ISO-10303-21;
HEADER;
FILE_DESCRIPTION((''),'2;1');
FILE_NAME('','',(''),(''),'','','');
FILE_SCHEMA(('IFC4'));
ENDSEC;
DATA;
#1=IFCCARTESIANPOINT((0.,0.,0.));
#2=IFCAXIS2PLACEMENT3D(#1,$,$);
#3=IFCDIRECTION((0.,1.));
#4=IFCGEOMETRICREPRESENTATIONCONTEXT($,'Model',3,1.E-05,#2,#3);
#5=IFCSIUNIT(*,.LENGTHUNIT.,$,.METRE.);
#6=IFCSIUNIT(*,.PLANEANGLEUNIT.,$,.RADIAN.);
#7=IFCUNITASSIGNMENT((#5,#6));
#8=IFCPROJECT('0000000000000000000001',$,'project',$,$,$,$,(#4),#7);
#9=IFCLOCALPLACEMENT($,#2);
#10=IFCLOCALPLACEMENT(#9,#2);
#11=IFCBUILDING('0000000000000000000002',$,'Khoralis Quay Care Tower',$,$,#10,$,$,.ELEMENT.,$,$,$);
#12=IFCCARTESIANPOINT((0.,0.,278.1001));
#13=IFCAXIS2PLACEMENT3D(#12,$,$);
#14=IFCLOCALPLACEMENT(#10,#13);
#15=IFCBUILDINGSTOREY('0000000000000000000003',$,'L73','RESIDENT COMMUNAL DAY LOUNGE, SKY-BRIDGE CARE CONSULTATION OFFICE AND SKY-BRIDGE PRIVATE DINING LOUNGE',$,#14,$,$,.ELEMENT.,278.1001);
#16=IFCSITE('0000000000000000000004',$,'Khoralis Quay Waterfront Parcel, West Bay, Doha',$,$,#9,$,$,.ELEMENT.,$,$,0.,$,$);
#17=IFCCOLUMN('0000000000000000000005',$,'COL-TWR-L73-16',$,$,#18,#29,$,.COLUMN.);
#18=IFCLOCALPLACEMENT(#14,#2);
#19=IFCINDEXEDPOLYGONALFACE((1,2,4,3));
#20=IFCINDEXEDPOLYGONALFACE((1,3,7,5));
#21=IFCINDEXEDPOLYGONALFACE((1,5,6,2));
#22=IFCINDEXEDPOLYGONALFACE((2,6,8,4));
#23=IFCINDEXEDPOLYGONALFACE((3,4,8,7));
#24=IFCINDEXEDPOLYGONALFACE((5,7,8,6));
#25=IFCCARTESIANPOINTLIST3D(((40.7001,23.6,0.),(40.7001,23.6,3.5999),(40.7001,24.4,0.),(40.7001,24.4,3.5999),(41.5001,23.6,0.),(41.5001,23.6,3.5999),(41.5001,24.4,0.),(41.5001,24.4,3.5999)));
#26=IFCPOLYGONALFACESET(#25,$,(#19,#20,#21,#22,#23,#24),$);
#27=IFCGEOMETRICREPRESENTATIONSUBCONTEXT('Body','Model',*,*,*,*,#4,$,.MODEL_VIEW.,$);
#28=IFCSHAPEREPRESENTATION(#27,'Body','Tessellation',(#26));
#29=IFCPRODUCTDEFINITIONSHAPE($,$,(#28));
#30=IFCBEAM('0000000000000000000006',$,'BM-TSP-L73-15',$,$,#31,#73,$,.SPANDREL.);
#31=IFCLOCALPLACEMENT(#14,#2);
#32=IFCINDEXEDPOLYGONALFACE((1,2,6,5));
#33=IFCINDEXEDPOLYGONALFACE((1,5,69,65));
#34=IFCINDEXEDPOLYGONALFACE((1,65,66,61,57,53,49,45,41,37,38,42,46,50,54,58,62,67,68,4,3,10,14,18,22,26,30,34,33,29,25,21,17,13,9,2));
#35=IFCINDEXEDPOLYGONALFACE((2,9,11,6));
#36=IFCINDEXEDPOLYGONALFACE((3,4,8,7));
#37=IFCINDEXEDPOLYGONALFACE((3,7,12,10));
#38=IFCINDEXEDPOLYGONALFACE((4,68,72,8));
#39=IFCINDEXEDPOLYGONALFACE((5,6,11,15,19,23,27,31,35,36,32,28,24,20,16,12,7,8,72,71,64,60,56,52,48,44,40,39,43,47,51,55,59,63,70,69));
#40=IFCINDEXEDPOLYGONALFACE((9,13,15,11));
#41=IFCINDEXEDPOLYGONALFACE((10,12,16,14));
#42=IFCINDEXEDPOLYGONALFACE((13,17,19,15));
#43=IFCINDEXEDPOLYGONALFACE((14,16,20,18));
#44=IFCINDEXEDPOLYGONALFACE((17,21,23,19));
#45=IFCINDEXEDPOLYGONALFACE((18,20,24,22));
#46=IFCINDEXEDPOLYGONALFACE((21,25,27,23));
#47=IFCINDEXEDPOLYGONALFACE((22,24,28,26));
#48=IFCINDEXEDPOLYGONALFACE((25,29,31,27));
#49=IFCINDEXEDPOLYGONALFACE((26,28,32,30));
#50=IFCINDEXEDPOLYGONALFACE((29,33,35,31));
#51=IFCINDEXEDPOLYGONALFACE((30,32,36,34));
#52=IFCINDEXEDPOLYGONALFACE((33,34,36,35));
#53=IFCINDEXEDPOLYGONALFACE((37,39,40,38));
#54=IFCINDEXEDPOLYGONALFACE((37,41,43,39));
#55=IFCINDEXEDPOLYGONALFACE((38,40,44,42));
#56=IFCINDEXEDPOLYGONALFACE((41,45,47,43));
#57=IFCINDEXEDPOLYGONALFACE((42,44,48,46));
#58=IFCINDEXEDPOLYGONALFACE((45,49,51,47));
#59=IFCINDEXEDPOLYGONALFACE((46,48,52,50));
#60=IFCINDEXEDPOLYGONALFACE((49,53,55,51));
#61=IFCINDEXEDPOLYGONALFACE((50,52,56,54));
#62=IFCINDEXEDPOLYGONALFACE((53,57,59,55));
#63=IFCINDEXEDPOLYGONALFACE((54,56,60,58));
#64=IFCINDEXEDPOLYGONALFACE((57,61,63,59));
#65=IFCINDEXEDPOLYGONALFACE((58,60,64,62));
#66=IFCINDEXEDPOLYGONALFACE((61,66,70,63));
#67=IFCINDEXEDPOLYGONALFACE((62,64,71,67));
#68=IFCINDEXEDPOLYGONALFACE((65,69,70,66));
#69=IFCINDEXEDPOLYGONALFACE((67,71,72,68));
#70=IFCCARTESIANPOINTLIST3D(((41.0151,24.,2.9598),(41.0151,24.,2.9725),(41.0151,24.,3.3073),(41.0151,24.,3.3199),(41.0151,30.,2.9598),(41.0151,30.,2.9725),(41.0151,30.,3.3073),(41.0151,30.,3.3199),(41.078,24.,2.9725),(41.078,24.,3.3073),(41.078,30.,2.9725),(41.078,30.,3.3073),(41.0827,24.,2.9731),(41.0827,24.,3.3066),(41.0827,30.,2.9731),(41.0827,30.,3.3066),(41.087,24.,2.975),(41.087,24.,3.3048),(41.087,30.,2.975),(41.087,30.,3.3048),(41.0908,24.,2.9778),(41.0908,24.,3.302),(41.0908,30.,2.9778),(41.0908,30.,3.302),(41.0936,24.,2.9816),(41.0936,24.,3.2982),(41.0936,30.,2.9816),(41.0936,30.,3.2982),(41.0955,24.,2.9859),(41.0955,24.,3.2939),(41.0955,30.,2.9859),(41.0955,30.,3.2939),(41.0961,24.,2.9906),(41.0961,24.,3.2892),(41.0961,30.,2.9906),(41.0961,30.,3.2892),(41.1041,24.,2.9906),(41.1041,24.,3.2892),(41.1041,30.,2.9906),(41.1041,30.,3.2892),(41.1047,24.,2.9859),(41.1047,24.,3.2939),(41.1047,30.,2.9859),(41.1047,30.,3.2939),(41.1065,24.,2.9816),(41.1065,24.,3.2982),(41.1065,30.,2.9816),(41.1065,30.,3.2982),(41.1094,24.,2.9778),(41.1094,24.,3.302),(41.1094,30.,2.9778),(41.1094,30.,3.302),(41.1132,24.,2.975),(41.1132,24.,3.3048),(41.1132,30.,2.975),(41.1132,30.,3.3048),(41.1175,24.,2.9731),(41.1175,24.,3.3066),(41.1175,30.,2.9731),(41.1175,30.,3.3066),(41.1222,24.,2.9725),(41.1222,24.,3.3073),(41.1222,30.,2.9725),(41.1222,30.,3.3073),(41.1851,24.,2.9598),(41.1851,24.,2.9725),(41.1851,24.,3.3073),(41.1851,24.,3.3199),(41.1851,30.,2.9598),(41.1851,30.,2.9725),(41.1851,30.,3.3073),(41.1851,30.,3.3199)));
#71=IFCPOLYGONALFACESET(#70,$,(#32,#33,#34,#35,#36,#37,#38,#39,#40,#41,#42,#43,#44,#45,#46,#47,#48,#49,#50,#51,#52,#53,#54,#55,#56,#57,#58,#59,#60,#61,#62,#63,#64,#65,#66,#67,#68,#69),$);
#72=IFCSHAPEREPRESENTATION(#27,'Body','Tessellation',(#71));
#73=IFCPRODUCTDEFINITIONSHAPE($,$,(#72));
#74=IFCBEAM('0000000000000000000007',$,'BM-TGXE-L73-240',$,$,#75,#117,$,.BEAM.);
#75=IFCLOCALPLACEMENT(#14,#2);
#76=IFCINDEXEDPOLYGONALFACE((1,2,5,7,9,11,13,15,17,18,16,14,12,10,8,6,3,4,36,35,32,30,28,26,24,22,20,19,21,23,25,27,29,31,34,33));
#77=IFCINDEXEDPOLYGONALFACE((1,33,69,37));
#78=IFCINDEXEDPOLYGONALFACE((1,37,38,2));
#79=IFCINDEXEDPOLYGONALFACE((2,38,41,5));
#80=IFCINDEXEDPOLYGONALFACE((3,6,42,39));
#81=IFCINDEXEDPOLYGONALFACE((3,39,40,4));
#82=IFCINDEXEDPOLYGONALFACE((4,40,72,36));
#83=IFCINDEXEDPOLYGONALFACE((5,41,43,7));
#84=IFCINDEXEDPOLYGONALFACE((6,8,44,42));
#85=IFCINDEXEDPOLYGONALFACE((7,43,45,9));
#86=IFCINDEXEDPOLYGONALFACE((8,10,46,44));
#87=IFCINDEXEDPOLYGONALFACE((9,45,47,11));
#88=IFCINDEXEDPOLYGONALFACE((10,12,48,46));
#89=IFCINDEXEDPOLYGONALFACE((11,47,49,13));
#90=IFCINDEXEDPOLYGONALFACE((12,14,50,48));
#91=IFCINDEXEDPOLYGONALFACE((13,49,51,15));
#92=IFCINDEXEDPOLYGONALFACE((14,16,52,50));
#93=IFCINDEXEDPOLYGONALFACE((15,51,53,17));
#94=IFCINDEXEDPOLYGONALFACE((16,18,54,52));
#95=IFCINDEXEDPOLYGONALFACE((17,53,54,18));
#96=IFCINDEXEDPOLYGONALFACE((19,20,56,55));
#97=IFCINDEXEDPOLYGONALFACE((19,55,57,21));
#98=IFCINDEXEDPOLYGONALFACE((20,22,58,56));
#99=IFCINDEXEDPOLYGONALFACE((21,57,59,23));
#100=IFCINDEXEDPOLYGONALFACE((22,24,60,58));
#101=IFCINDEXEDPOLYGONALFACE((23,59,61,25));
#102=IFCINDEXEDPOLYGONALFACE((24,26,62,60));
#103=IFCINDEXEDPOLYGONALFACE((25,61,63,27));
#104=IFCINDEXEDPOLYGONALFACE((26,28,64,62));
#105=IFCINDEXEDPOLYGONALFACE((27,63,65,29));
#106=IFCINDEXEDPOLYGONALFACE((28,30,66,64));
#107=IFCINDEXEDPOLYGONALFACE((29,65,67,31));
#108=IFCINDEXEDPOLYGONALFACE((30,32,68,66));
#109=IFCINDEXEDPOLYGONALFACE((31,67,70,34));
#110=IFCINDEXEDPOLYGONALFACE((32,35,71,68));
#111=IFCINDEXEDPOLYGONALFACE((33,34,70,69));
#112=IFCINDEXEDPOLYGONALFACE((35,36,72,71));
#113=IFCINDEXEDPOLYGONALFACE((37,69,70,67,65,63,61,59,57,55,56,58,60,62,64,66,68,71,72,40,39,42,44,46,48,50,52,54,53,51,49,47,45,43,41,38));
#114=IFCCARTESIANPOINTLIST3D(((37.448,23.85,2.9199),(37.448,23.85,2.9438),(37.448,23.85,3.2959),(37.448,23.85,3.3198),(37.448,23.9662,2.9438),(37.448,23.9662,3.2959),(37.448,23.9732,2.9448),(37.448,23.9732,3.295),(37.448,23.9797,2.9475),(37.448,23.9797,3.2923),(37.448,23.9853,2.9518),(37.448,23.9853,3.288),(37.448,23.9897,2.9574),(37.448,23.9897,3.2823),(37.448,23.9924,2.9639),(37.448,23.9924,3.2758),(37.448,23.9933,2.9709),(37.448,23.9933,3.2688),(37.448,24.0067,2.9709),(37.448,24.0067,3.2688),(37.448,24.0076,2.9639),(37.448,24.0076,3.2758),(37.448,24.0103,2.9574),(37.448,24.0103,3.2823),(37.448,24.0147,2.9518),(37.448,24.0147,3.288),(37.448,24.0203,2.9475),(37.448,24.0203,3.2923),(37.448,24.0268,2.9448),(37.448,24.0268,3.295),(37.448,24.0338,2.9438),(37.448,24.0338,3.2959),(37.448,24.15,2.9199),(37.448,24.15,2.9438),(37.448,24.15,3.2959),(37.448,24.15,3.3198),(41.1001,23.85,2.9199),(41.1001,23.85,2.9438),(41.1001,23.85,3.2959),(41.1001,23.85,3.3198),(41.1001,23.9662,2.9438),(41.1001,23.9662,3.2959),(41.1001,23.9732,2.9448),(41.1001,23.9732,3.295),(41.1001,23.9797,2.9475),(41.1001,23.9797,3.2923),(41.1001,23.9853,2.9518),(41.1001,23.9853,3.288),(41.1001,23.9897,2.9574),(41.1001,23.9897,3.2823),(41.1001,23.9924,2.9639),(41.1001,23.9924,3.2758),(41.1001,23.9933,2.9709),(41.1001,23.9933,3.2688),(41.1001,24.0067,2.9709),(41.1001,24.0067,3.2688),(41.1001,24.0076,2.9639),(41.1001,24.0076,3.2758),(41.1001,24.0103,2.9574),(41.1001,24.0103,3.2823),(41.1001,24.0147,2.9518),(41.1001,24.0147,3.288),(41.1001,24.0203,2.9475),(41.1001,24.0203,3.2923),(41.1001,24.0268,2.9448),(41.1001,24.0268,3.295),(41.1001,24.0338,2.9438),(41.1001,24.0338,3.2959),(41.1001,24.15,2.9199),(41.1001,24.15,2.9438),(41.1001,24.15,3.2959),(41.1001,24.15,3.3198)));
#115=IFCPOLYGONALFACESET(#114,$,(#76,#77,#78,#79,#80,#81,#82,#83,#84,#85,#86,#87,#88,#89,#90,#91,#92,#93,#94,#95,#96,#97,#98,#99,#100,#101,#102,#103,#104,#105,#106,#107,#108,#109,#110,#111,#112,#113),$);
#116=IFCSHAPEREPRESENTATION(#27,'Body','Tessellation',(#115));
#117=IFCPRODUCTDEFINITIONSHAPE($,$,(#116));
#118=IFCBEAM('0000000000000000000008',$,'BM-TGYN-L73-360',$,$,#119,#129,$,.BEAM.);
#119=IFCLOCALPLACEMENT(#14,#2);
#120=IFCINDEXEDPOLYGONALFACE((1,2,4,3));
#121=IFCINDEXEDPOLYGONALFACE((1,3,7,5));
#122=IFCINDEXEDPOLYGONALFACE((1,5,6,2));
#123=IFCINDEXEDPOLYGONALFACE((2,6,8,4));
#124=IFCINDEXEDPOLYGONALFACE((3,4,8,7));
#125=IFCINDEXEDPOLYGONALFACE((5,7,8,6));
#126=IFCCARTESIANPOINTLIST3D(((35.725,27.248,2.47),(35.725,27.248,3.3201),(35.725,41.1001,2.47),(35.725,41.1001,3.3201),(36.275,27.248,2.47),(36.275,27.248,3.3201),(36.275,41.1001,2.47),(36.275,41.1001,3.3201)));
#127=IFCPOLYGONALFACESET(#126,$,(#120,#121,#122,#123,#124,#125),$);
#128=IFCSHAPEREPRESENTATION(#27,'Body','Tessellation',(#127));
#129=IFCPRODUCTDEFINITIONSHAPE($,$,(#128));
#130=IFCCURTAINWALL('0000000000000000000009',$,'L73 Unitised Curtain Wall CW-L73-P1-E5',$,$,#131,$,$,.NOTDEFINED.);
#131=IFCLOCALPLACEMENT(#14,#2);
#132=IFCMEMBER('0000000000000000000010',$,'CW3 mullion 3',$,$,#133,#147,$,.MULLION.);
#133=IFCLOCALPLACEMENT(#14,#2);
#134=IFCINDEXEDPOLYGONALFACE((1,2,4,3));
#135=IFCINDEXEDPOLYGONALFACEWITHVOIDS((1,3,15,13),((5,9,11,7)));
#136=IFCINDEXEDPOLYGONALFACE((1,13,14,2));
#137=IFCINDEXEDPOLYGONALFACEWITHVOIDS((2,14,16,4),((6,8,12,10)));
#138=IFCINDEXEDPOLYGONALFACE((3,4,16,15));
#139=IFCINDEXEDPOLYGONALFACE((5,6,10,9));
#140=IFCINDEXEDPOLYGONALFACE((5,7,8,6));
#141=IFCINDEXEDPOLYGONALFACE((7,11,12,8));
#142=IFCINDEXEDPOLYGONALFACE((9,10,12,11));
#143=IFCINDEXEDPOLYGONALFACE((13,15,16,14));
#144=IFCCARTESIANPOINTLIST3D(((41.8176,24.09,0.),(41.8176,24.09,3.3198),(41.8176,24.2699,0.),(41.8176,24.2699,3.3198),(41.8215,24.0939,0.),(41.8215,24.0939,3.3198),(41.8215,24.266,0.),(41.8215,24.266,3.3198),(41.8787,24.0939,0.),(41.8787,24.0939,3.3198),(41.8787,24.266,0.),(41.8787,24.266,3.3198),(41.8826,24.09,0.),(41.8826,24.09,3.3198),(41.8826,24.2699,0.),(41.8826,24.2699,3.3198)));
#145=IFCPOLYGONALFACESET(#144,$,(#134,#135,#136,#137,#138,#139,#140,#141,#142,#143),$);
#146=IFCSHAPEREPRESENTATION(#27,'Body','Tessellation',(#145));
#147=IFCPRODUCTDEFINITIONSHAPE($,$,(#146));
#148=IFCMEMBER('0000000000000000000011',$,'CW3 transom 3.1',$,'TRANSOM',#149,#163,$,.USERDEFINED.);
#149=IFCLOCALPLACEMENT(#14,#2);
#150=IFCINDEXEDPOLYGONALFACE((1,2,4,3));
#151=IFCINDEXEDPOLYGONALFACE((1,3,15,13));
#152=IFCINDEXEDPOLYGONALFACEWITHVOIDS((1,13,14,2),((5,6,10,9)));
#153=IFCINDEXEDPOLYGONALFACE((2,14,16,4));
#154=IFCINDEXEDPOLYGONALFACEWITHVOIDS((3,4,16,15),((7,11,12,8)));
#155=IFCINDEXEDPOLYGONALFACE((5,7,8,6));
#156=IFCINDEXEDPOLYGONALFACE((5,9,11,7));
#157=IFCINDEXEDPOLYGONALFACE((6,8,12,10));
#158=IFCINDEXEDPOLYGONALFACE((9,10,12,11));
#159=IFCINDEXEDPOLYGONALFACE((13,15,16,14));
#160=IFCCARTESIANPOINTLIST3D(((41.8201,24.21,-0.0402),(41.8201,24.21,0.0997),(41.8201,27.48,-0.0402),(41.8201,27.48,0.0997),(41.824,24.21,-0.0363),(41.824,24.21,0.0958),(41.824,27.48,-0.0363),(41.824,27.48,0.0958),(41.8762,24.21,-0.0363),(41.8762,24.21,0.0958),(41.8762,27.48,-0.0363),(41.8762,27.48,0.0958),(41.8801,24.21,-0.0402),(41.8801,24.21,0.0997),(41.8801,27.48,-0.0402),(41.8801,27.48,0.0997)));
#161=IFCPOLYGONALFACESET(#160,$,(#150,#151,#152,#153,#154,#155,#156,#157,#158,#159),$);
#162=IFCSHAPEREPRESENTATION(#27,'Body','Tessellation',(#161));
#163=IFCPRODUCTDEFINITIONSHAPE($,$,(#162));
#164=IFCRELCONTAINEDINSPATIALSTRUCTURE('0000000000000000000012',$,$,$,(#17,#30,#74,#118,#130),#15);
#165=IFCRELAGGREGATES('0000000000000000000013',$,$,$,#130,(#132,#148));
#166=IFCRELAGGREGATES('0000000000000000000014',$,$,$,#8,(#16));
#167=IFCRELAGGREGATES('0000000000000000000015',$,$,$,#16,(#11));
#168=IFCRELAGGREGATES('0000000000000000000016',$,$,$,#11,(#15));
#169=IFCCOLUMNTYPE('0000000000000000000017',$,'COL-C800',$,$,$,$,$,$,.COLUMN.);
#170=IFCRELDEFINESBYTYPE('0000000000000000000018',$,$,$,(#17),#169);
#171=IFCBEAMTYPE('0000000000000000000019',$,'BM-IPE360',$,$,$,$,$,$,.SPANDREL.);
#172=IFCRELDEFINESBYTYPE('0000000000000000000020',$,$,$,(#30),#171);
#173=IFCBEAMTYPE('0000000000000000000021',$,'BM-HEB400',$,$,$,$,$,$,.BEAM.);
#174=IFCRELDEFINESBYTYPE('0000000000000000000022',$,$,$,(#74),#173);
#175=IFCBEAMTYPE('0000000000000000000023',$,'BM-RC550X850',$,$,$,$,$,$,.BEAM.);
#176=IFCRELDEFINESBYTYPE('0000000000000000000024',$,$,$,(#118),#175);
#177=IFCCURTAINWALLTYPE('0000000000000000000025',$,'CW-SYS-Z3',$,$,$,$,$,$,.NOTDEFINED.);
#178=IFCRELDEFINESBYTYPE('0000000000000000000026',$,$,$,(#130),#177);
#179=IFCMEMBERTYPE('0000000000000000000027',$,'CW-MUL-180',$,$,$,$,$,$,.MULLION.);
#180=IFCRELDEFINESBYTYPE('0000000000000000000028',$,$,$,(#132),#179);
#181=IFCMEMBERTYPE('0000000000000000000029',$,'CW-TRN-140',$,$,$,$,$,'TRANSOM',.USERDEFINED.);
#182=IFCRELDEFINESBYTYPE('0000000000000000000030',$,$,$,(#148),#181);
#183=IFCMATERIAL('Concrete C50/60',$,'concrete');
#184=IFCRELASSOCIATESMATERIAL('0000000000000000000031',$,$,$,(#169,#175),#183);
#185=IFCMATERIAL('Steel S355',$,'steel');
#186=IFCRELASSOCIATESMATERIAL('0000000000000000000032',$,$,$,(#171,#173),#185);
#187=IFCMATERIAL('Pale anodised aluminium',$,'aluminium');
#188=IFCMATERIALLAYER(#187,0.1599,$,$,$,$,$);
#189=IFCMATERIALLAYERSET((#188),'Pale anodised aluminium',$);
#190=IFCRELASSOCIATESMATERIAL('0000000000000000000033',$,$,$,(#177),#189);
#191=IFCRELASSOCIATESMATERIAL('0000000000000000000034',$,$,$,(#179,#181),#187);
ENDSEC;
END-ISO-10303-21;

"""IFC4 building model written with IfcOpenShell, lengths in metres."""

from ifc_helpers import new_model, si_unit, direction, frame, origin, origin_2d, place, context, subcontext, project, spatial, rectangle, hollow_rectangle, i_section, extrude, source, transform, mapped, material, layer, layer_set, material_profile, profile_set, type_object, element, aggregate, save


model = new_model("IFC4")

# Units and contexts
model_context = context("Model", 3, precision=1e-05, world=origin(), true_north=direction((0.0, 1.0)))
body_context = subcontext(model_context, "Body", "Model", "MODEL_VIEW")
ifc_project = project(units=[si_unit("LENGTHUNIT", "METRE"), si_unit("PLANEANGLEUNIT", "RADIAN")], contexts=[model_context])

# Site, building, storey
site_placement = place(None, origin())
site = spatial("IfcSite", under=ifc_project, at=site_placement, Name="Khoralis Quay Waterfront Parcel, West Bay, Doha", CompositionType="ELEMENT", RefElevation=0.0)
building_placement = place(site_placement, origin())
building = spatial("IfcBuilding", under=site, at=building_placement, Name="Khoralis Quay Care Tower", CompositionType="ELEMENT")
storey_placement = place(building_placement, frame((0.0, 0.0, 278.1001)))
storey = spatial("IfcBuildingStorey", under=building, at=storey_placement, Name="L73", Description="RESIDENT COMMUNAL DAY LOUNGE, SKY-BRIDGE CARE CONSULTATION OFFICE AND SKY-BRIDGE PRIVATE DINING LOUNGE", CompositionType="ELEMENT", Elevation=278.1001)

# Column
ifc_material_1 = material(Name="Concrete C50/60", Category="concrete")
ifc_material_profile_1 = material_profile(ifc_material_1, rectangle(XDim=0.8, YDim=0.8, at=origin_2d()), Name="Concrete C50/60")
ifc_profile_set_1 = profile_set([ifc_material_profile_1], Name="Concrete C50/60")
column_type = type_object("IfcColumnType", Name="COL-C800", PredefinedType="COLUMN", material=ifc_profile_set_1)
shared_shape_1 = source(origin(), body_context, "Body", "SweptSolid", [
    extrude(rectangle(XDim=0.8, YDim=0.8, at=origin_2d()), origin(), (0.0, 0.0, 1.0), 3.5999),
])
column_placement = place(storey_placement, frame((41.1001, 24.0, 0.0), z_axis=(0.0, 0.0, 1.0), x_axis=(1.0, 0.0, 0.0)))
element("IfcColumn", 1, at=column_placement, inside=storey, type_object=column_type, Name="COL-TWR-L73-16", PredefinedType="COLUMN", context=body_context, shape_type="MappedRepresentation", body=[
    mapped(shared_shape_1, transform((0.0, 0.0, 0.0), scale=1.0)),
])

# Beams
ifc_material_2 = material(Name="Steel S355", Category="steel")
ifc_material_profile_2 = material_profile(ifc_material_2, i_section(OverallWidth=0.1699, OverallDepth=0.3601, WebThickness=0.0081, FlangeThickness=0.0127, FilletRadius=0.0181, at=origin_2d()), Name="Steel S355")
ifc_profile_set_2 = profile_set([ifc_material_profile_2], Name="Steel S355")
beam_type_1 = type_object("IfcBeamType", Name="BM-IPE360", PredefinedType="SPANDREL", material=ifc_profile_set_2)
shared_shape_2 = source(origin(), body_context, "Body", "SweptSolid", [
    extrude(i_section(OverallWidth=0.1699, OverallDepth=0.3601, WebThickness=0.0081, FlangeThickness=0.0127, FilletRadius=0.0181, at=origin_2d()), origin(), (0.0, 0.0, 1.0), 6.0),
])
beam_1_placement = place(storey_placement, frame((41.1001, 24.0, 3.1399), z_axis=(0.0, 1.0, 0.0), x_axis=(-1.0, 0.0, 0.0)))
element("IfcBeam", 2, at=beam_1_placement, inside=storey, type_object=beam_type_1, Name="BM-TSP-L73-15", PredefinedType="SPANDREL", context=body_context, shape_type="MappedRepresentation", body=[
    mapped(shared_shape_2, transform((0.0, 0.0, 0.0), scale=1.0)),
])
ifc_material_profile_3 = material_profile(ifc_material_2, i_section(OverallWidth=0.3, OverallDepth=0.3999, WebThickness=0.0134, FlangeThickness=0.0239, FilletRadius=0.0271, at=origin_2d()), Name="Steel S355")
ifc_profile_set_3 = profile_set([ifc_material_profile_3], Name="Steel S355")
beam_type_2 = type_object("IfcBeamType", Name="BM-HEB400", PredefinedType="BEAM", material=ifc_profile_set_3)
shared_shape_3 = source(origin(), body_context, "Body", "SweptSolid", [
    extrude(i_section(OverallWidth=0.3, OverallDepth=0.3999, WebThickness=0.0134, FlangeThickness=0.0239, FilletRadius=0.0271, at=origin_2d()), origin(), (0.0, 0.0, 1.0), 3.6521),
])
beam_2_placement = place(storey_placement, frame((37.448, 24.0, 3.1199), z_axis=(1.0, 0.0, 0.0), x_axis=(0.0, 1.0, 0.0)))
element("IfcBeam", 3, at=beam_2_placement, inside=storey, type_object=beam_type_2, Name="BM-TGXE-L73-240", PredefinedType="BEAM", context=body_context, shape_type="MappedRepresentation", body=[
    mapped(shared_shape_3, transform((0.0, 0.0, 0.0), scale=1.0)),
])
ifc_material_profile_4 = material_profile(ifc_material_1, rectangle(XDim=0.55, YDim=0.8501, at=origin_2d()), Name="Concrete C50/60")
ifc_profile_set_4 = profile_set([ifc_material_profile_4], Name="Concrete C50/60")
beam_type_3 = type_object("IfcBeamType", Name="BM-RC550X850", PredefinedType="BEAM", material=ifc_profile_set_4)
shared_shape_4 = source(origin(), body_context, "Body", "SweptSolid", [
    extrude(rectangle(XDim=0.55, YDim=0.8501, at=origin_2d()), origin(), (0.0, 0.0, 1.0), 13.8521),
])
beam_3_placement = place(storey_placement, frame((36.0, 27.248, 2.895), z_axis=(0.0, 1.0, 0.0), x_axis=(-1.0, 0.0, 0.0)))
element("IfcBeam", 4, at=beam_3_placement, inside=storey, type_object=beam_type_3, Name="BM-TGYN-L73-360", PredefinedType="BEAM", context=body_context, shape_type="MappedRepresentation", body=[
    mapped(shared_shape_4, transform((0.0, 0.0, 0.0), scale=1.0)),
])

# Curtain wall, members
ifc_material_3 = material(Name="Pale anodised aluminium", Category="aluminium")
ifc_layer_1 = layer(ifc_material_3, 0.1599)
ifc_layer_set_1 = layer_set([ifc_layer_1], Name="Pale anodised aluminium")
curtain_wall_type = type_object("IfcCurtainWallType", Name="CW-SYS-Z3", PredefinedType="NOTDEFINED", material=ifc_layer_set_1)
curtain_wall_placement = place(storey_placement, origin())
curtain_wall = element("IfcCurtainWall", 5, at=curtain_wall_placement, inside=storey, type_object=curtain_wall_type, Name="L73 Unitised Curtain Wall CW-L73-P1-E5", PredefinedType="NOTDEFINED")
ifc_material_profile_5 = material_profile(ifc_material_3, hollow_rectangle(XDim=0.0649, YDim=0.1799, WallThickness=0.0039, at=origin_2d()), Name="Pale anodised aluminium")
ifc_profile_set_5 = profile_set([ifc_material_profile_5], Name="Pale anodised aluminium")
member_type_1 = type_object("IfcMemberType", Name="CW-MUL-180", PredefinedType="MULLION", material=ifc_profile_set_5)
shared_shape_5 = source(origin(), body_context, "Body", "SweptSolid", [
    extrude(hollow_rectangle(XDim=0.0649, YDim=0.1799, WallThickness=0.0039, at=origin_2d()), origin(), (0.0, 0.0, 1.0), 3.3198),
])
member_1_placement = place(storey_placement, frame((41.8501, 24.1799, 0.0), z_axis=(0.0, 0.0, 1.0), x_axis=(-1.0, 0.0, 0.0)))
member_1 = element("IfcMember", 6, at=member_1_placement, type_object=member_type_1, Name="CW3 mullion 3", PredefinedType="MULLION", context=body_context, shape_type="MappedRepresentation", body=[
    mapped(shared_shape_5, transform((0.0, 0.0, 0.0), scale=1.0)),
])
ifc_material_profile_6 = material_profile(ifc_material_3, hollow_rectangle(XDim=0.0601, YDim=0.1399, WallThickness=0.0039, at=origin_2d()), Name="Pale anodised aluminium")
ifc_profile_set_6 = profile_set([ifc_material_profile_6], Name="Pale anodised aluminium")
member_type_2 = type_object("IfcMemberType", Name="CW-TRN-140", ElementType="TRANSOM", PredefinedType="USERDEFINED", material=ifc_profile_set_6)
shared_shape_6 = source(origin(), body_context, "Body", "SweptSolid", [
    extrude(hollow_rectangle(XDim=0.0601, YDim=0.1399, WallThickness=0.0039, at=origin_2d()), origin(), (0.0, 0.0, 1.0), 3.27),
])
member_2_placement = place(storey_placement, frame((41.8501, 24.21, 0.0298), z_axis=(0.0, 1.0, 0.0), x_axis=(-1.0, 0.0, 0.0)))
member_2 = element("IfcMember", 7, at=member_2_placement, type_object=member_type_2, Name="CW3 transom 3.1", ObjectType="TRANSOM", PredefinedType="USERDEFINED", context=body_context, shape_type="MappedRepresentation", body=[
    mapped(shared_shape_6, transform((0.0, 0.0, 0.0), scale=1.0)),
])
aggregate(curtain_wall, [member_1, member_2])

save(model, "model.ifc")
